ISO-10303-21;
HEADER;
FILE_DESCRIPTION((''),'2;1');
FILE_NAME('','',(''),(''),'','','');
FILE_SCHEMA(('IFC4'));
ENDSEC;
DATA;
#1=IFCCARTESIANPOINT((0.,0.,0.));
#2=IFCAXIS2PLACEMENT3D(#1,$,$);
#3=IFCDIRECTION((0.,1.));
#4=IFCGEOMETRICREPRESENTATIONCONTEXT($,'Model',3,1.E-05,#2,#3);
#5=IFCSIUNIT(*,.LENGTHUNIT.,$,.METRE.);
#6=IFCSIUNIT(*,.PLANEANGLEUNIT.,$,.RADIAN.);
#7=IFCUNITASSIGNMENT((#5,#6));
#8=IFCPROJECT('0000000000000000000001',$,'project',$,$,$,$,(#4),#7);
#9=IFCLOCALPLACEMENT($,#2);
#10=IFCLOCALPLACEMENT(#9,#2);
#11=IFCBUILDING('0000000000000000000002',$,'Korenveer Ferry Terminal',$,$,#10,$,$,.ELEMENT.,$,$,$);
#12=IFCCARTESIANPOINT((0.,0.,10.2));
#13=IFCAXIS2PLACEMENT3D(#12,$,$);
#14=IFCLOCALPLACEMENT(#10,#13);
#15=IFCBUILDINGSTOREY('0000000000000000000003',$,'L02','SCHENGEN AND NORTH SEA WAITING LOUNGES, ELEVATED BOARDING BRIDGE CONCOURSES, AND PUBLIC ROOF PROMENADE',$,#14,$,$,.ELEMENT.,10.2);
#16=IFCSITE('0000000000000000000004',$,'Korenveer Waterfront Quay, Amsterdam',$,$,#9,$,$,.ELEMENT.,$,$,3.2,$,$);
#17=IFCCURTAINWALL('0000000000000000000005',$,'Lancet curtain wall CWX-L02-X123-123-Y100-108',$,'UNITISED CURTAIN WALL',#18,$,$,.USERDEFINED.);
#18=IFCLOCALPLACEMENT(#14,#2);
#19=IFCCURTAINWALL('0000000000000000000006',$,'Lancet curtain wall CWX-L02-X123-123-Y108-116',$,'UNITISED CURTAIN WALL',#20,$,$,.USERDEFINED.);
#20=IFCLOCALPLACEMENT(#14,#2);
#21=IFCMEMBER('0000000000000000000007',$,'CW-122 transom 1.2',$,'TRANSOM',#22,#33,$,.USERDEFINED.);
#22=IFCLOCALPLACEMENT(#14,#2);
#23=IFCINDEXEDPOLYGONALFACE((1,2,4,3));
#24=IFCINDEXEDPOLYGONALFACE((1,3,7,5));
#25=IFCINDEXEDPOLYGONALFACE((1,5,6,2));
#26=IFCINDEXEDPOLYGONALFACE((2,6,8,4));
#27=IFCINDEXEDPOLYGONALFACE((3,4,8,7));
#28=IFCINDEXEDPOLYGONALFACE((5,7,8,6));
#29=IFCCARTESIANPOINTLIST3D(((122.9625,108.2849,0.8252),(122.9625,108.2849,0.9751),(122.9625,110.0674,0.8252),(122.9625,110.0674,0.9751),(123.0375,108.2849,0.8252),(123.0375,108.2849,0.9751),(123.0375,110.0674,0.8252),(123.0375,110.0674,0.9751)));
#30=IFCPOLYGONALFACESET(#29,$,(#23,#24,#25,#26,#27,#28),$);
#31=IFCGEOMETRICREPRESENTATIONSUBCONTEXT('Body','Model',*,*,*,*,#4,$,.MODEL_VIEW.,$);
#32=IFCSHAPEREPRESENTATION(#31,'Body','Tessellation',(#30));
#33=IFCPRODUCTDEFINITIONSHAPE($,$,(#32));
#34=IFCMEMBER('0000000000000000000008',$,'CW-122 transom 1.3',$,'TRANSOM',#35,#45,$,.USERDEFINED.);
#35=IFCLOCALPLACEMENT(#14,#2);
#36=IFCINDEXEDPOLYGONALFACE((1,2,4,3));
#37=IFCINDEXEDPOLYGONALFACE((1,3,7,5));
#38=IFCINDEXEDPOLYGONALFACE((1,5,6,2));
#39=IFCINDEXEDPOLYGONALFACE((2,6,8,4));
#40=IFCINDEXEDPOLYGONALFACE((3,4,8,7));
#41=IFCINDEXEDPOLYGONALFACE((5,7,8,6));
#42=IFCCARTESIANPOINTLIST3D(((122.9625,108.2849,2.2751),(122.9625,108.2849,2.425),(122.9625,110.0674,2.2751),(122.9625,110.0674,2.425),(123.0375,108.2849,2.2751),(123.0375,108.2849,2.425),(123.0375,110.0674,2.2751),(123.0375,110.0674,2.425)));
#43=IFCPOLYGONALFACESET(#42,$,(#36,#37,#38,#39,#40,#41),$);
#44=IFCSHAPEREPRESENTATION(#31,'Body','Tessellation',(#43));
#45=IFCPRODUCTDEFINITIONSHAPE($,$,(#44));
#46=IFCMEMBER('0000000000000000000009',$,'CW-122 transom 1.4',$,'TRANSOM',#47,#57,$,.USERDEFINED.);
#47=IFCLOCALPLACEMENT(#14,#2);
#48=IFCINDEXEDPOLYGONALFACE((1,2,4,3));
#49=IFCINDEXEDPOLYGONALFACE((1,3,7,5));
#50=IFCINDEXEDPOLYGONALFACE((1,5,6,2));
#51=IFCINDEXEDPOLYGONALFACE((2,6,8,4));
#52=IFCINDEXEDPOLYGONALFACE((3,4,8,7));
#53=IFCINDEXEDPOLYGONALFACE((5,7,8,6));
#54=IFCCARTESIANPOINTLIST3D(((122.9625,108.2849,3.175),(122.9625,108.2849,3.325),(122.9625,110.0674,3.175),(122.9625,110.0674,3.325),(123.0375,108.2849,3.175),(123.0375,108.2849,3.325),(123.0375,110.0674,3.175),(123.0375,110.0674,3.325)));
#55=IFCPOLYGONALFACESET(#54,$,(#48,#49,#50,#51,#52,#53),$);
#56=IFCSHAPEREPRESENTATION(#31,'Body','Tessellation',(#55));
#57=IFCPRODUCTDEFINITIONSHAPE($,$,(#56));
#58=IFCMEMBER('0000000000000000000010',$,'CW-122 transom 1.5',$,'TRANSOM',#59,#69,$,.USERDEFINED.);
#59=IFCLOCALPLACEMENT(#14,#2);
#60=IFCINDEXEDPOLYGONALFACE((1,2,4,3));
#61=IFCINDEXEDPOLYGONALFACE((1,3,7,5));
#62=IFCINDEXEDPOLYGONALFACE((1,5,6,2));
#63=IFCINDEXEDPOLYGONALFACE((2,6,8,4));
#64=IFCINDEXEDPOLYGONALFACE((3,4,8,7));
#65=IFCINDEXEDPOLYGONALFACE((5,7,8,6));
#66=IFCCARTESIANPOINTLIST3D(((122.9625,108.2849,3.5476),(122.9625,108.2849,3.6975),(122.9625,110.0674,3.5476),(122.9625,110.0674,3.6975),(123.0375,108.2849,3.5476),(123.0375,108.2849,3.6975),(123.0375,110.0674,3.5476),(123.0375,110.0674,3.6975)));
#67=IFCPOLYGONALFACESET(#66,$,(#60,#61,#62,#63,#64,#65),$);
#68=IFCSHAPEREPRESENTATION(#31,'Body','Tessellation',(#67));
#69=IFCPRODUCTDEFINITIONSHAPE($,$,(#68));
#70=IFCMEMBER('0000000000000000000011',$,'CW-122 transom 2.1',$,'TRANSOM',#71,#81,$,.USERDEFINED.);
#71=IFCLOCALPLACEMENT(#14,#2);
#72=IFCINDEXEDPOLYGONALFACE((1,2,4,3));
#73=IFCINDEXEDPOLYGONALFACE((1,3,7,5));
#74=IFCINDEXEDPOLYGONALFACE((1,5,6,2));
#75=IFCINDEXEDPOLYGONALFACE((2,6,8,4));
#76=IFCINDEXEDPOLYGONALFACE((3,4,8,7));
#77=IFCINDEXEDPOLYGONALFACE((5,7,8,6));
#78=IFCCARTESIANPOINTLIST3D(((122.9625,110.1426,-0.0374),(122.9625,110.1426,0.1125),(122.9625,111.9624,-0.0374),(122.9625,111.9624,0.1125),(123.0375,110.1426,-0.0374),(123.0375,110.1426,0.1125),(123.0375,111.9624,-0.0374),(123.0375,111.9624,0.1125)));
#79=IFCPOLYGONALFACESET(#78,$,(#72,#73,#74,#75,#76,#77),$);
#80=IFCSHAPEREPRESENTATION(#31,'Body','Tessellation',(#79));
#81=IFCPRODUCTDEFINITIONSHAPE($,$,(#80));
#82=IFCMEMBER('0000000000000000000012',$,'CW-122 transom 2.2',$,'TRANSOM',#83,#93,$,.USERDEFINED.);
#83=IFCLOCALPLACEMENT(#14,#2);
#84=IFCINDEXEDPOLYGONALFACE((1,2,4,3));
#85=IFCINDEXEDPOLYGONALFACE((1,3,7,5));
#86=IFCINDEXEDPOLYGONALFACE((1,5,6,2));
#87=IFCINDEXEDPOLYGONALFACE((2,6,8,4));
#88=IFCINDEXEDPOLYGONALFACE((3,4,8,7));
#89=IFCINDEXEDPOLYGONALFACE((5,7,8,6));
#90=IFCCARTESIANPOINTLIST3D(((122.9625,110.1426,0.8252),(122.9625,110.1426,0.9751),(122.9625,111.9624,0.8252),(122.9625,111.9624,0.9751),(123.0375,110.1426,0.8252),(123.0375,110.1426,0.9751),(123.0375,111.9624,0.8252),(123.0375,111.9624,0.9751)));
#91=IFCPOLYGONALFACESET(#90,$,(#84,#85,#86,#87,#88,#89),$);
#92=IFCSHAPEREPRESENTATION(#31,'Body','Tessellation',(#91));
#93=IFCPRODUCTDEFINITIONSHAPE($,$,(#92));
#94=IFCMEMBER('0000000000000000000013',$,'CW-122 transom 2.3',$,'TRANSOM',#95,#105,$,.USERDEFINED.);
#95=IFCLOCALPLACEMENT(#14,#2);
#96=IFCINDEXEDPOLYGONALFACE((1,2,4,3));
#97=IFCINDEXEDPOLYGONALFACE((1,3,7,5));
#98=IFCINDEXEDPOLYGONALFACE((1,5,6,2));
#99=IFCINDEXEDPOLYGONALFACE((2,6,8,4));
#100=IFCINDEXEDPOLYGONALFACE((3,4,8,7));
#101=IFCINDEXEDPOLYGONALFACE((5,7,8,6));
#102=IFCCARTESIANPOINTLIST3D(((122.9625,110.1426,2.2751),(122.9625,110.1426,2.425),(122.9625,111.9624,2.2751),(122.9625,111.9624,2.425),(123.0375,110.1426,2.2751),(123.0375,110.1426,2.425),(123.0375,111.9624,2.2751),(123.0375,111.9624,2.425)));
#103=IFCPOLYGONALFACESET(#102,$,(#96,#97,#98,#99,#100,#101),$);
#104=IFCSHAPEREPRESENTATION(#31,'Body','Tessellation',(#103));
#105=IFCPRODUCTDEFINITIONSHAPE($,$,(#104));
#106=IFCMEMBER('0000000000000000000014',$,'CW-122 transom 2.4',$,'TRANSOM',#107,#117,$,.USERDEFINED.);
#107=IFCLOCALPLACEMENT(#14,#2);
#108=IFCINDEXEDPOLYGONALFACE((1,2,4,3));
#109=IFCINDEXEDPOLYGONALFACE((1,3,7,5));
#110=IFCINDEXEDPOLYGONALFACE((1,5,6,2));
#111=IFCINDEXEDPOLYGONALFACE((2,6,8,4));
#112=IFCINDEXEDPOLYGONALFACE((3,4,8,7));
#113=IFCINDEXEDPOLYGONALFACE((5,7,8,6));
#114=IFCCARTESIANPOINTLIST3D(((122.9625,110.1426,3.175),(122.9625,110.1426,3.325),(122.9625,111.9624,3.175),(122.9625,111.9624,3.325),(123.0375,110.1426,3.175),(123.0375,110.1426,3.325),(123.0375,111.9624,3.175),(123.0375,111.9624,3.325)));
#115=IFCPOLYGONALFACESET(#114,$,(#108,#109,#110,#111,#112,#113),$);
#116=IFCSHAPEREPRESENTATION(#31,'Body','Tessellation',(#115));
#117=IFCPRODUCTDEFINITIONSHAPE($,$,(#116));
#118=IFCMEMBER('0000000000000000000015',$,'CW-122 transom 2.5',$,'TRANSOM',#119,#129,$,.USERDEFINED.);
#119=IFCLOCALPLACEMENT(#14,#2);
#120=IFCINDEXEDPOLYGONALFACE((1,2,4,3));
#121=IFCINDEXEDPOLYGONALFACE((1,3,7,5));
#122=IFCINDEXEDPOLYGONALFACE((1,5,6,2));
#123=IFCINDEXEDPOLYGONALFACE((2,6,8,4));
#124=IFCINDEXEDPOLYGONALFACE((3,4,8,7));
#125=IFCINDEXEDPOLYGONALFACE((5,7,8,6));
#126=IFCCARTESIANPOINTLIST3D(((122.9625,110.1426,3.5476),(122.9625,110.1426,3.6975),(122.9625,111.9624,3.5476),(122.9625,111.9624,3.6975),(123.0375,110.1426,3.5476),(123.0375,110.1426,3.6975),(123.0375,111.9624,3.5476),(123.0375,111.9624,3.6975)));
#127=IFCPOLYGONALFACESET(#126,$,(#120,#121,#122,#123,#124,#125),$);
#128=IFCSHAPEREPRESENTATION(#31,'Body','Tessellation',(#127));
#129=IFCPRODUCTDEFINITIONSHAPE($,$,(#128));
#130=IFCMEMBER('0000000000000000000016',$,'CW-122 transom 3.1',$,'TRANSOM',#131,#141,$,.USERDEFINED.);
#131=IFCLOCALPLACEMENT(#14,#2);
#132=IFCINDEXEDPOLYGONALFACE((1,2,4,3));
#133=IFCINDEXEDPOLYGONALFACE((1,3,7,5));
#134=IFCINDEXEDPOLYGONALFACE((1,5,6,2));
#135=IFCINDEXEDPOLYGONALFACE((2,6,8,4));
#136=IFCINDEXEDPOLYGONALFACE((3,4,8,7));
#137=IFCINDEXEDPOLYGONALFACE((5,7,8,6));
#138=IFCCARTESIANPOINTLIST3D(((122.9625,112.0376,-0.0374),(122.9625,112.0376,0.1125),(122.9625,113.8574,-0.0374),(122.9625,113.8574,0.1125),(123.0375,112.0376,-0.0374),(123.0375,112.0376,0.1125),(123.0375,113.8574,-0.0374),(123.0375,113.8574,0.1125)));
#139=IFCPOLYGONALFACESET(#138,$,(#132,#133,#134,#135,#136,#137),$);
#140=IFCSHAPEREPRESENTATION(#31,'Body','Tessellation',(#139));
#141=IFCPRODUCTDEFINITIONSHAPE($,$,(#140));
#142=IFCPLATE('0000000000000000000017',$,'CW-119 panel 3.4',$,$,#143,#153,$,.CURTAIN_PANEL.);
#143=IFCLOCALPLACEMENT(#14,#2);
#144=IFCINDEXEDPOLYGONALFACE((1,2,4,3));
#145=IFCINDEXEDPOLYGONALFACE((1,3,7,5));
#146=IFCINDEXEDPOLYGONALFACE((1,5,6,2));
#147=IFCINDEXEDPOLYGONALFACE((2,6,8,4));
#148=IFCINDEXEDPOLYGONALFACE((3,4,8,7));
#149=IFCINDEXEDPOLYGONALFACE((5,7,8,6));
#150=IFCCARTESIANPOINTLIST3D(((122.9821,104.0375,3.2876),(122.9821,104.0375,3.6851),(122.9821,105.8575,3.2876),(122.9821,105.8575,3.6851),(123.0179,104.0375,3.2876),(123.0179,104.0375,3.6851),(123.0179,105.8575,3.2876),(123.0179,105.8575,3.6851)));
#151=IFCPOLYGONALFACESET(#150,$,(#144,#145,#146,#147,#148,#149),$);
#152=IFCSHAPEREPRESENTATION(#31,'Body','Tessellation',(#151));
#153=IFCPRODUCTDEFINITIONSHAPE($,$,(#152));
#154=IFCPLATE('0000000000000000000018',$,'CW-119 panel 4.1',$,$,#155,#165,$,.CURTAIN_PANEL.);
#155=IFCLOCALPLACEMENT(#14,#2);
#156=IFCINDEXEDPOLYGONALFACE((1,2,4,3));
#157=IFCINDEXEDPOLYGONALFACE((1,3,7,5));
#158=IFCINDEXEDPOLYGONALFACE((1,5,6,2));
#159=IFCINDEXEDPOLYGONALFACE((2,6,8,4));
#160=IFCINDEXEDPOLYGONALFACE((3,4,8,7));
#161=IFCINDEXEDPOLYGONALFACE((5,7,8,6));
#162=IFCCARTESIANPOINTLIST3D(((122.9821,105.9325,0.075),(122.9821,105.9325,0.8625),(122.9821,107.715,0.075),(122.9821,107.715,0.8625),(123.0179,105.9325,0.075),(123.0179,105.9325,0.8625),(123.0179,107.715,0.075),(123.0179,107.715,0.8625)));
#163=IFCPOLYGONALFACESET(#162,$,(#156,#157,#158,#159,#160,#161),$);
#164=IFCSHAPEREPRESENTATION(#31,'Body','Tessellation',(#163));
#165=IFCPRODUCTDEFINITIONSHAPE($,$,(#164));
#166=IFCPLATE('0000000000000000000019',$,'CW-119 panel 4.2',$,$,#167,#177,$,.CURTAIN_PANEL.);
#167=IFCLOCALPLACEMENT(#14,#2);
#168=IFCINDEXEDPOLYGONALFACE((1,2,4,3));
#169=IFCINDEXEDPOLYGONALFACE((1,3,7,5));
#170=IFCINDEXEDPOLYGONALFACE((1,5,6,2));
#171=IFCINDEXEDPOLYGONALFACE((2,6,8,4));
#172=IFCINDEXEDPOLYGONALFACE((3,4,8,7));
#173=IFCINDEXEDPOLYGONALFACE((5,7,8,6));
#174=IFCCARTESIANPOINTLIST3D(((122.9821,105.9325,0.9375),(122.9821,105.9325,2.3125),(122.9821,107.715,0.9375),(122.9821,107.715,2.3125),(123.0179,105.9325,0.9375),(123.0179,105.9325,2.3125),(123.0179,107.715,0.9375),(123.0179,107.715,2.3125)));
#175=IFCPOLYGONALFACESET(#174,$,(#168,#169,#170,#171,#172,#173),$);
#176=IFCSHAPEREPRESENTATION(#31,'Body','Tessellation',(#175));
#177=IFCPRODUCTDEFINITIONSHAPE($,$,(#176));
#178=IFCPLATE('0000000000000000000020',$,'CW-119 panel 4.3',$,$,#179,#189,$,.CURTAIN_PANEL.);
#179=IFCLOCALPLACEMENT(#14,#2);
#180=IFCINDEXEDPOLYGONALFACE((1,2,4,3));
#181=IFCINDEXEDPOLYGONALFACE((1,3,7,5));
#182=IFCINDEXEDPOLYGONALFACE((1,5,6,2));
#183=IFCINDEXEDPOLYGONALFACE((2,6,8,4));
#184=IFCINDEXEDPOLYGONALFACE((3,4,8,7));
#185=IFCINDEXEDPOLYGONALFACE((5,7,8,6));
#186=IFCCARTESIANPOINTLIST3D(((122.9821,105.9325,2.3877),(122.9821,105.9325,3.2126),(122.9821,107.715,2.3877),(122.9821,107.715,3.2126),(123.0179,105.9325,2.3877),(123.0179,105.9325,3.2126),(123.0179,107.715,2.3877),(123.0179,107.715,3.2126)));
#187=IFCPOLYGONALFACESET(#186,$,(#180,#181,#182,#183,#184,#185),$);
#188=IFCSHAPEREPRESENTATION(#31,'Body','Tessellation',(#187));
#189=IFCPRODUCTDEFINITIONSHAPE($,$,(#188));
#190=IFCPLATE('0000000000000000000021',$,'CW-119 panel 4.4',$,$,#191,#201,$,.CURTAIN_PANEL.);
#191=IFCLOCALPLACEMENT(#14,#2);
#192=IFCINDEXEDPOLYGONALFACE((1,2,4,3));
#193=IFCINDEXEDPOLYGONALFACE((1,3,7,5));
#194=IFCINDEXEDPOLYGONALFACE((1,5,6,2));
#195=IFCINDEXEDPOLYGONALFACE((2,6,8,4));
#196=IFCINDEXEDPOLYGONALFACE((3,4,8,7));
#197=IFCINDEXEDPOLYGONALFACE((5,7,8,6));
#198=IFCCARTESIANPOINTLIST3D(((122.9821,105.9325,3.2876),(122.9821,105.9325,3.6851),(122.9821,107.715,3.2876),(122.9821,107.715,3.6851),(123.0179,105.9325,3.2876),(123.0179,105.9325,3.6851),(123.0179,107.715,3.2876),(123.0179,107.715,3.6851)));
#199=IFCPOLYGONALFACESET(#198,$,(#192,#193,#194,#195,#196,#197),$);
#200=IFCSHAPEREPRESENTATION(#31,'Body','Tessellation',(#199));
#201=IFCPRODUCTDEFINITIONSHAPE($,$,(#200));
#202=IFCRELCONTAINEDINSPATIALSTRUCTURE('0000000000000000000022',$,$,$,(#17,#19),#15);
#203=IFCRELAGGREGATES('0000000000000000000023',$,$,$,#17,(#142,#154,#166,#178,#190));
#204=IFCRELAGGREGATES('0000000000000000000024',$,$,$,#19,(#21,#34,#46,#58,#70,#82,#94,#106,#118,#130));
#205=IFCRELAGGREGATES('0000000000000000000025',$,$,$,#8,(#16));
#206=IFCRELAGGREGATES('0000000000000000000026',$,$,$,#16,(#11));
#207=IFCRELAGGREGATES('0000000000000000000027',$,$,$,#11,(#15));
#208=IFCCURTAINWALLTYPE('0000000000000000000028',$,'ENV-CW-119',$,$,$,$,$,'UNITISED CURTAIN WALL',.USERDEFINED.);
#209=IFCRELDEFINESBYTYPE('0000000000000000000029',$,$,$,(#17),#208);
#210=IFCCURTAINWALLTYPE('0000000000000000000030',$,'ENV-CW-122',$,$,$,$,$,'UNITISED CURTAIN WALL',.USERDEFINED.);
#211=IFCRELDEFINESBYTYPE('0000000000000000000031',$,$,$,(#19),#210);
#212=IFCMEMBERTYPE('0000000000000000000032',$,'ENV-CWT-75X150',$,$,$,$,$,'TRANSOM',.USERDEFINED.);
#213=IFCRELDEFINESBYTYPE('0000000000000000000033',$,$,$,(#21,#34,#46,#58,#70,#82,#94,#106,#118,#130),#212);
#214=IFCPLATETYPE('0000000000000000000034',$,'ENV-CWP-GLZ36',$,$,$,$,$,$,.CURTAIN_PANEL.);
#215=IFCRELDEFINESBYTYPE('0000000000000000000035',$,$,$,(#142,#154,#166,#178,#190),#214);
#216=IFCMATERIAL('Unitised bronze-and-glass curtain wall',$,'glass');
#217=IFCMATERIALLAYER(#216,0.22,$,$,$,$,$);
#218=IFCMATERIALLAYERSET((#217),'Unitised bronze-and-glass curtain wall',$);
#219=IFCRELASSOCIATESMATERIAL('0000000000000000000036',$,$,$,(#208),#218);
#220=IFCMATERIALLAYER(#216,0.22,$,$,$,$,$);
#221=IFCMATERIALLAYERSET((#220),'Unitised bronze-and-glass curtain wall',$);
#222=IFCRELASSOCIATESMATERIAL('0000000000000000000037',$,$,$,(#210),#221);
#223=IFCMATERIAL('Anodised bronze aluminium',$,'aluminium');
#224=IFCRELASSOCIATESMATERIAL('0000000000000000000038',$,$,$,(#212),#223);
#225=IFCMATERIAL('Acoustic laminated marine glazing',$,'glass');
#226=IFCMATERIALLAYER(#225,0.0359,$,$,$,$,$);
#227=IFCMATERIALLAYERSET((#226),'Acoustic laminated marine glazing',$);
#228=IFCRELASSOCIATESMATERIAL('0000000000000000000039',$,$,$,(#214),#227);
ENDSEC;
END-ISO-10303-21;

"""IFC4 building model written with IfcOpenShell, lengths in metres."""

from ifc_helpers import new_model, si_unit, direction, frame, origin, origin_2d, place, context, subcontext, project, spatial, rectangle, extrude, material, layer, layer_set, material_profile, profile_set, type_object, element, aggregate, save


model = new_model("IFC4")

# Units and contexts
model_context = context("Model", 3, precision=1e-05, world=origin(), true_north=direction((0.0, 1.0)))
body_context = subcontext(model_context, "Body", "Model", "MODEL_VIEW")
ifc_project = project(units=[si_unit("LENGTHUNIT", "METRE"), si_unit("PLANEANGLEUNIT", "RADIAN")], contexts=[model_context])

# Site, building, storey
site_placement = place(None, origin())
site = spatial("IfcSite", under=ifc_project, at=site_placement, Name="Korenveer Waterfront Quay, Amsterdam", CompositionType="ELEMENT", RefElevation=3.2)
building_placement = place(site_placement, origin())
building = spatial("IfcBuilding", under=site, at=building_placement, Name="Korenveer Ferry Terminal", CompositionType="ELEMENT")
storey_placement = place(building_placement, frame((0.0, 0.0, 10.2)))
storey = spatial("IfcBuildingStorey", under=building, at=storey_placement, Name="L02", Description="SCHENGEN AND NORTH SEA WAITING LOUNGES, ELEVATED BOARDING BRIDGE CONCOURSES, AND PUBLIC ROOF PROMENADE", CompositionType="ELEMENT", Elevation=10.2)

# Curtain walls
ifc_material_1 = material(Name="Unitised bronze-and-glass curtain wall", Category="glass")
ifc_layer_1 = layer(ifc_material_1, 0.22)
ifc_layer_set_1 = layer_set([ifc_layer_1], Name="Unitised bronze-and-glass curtain wall")
curtain_wall_type_1 = type_object("IfcCurtainWallType", Name="ENV-CW-119", ElementType="UNITISED CURTAIN WALL", PredefinedType="USERDEFINED", material=ifc_layer_set_1)
curtain_wall_1_placement = place(storey_placement, frame((123.0, 100.21, 0.0)))
curtain_wall_1 = element("IfcCurtainWall", 1, at=curtain_wall_1_placement, inside=storey, type_object=curtain_wall_type_1, Name="Lancet curtain wall CWX-L02-X123-123-Y100-108", ObjectType="UNITISED CURTAIN WALL", PredefinedType="USERDEFINED")
ifc_material_2 = material(Name="Anodised bronze aluminium", Category="aluminium")
ifc_layer_2 = layer(ifc_material_1, 0.22)
ifc_layer_set_2 = layer_set([ifc_layer_2], Name="Unitised bronze-and-glass curtain wall")
curtain_wall_type_2 = type_object("IfcCurtainWallType", Name="ENV-CW-122", ElementType="UNITISED CURTAIN WALL", PredefinedType="USERDEFINED", material=ifc_layer_set_2)
curtain_wall_2_placement = place(storey_placement, frame((123.0, 108.21, 0.0)))
curtain_wall_2 = element("IfcCurtainWall", 2, at=curtain_wall_2_placement, inside=storey, type_object=curtain_wall_type_2, Name="Lancet curtain wall CWX-L02-X123-123-Y108-116", ObjectType="UNITISED CURTAIN WALL", PredefinedType="USERDEFINED")

# Members
ifc_material_profile_1 = material_profile(ifc_material_2, rectangle(XDim=0.075, YDim=0.1499, at=origin_2d()), Name="ALU 75x150")
ifc_profile_set_1 = profile_set([ifc_material_profile_1], Name="Anodised bronze aluminium")
member_type_1 = type_object("IfcMemberType", Name="ENV-CWT-75X150", ElementType="TRANSOM", PredefinedType="USERDEFINED", material=ifc_profile_set_1)
member_1_placement = place(storey_placement, frame((123.0, 108.2849, 0.9001), z_axis=(0.0, 1.0, 0.0), x_axis=(-1.0, 0.0, 0.0)))
member_1 = element("IfcMember", 3, at=member_1_placement, type_object=member_type_1, Name="CW-122 transom 1.2", ObjectType="TRANSOM", PredefinedType="USERDEFINED", context=body_context, shape_type="SweptSolid", body=[
    extrude(rectangle(XDim=0.075, YDim=0.1499, at=origin_2d()), origin(), (0.0, 0.0, 1.0), 1.7825),
])
member_2_placement = place(storey_placement, frame((123.0, 108.2849, 2.3501), z_axis=(0.0, 1.0, 0.0), x_axis=(-1.0, 0.0, 0.0)))
member_2 = element("IfcMember", 4, at=member_2_placement, type_object=member_type_1, Name="CW-122 transom 1.3", ObjectType="TRANSOM", PredefinedType="USERDEFINED", context=body_context, shape_type="SweptSolid", body=[
    extrude(rectangle(XDim=0.075, YDim=0.1499, at=origin_2d()), origin(), (0.0, 0.0, 1.0), 1.7825),
])
member_3_placement = place(storey_placement, frame((123.0, 108.2849, 3.25), z_axis=(0.0, 1.0, 0.0), x_axis=(-1.0, 0.0, 0.0)))
member_3 = element("IfcMember", 5, at=member_3_placement, type_object=member_type_1, Name="CW-122 transom 1.4", ObjectType="TRANSOM", PredefinedType="USERDEFINED", context=body_context, shape_type="SweptSolid", body=[
    extrude(rectangle(XDim=0.075, YDim=0.1499, at=origin_2d()), origin(), (0.0, 0.0, 1.0), 1.7825),
])
member_4_placement = place(storey_placement, frame((123.0, 108.2849, 3.6226), z_axis=(0.0, 1.0, 0.0), x_axis=(-1.0, 0.0, 0.0)))
member_4 = element("IfcMember", 6, at=member_4_placement, type_object=member_type_1, Name="CW-122 transom 1.5", ObjectType="TRANSOM", PredefinedType="USERDEFINED", context=body_context, shape_type="SweptSolid", body=[
    extrude(rectangle(XDim=0.075, YDim=0.1499, at=origin_2d()), origin(), (0.0, 0.0, 1.0), 1.7825),
])
member_5_placement = place(storey_placement, frame((123.0, 110.1426, 0.0376), z_axis=(0.0, 1.0, 0.0), x_axis=(-1.0, 0.0, 0.0)))
member_5 = element("IfcMember", 7, at=member_5_placement, type_object=member_type_1, Name="CW-122 transom 2.1", ObjectType="TRANSOM", PredefinedType="USERDEFINED", context=body_context, shape_type="SweptSolid", body=[
    extrude(rectangle(XDim=0.075, YDim=0.1499, at=origin_2d()), origin(), (0.0, 0.0, 1.0), 1.8198),
])
member_6_placement = place(storey_placement, frame((123.0, 110.1426, 0.9001), z_axis=(0.0, 1.0, 0.0), x_axis=(-1.0, 0.0, 0.0)))
member_6 = element("IfcMember", 8, at=member_6_placement, type_object=member_type_1, Name="CW-122 transom 2.2", ObjectType="TRANSOM", PredefinedType="USERDEFINED", context=body_context, shape_type="SweptSolid", body=[
    extrude(rectangle(XDim=0.075, YDim=0.1499, at=origin_2d()), origin(), (0.0, 0.0, 1.0), 1.8198),
])
member_7_placement = place(storey_placement, frame((123.0, 110.1426, 2.3501), z_axis=(0.0, 1.0, 0.0), x_axis=(-1.0, 0.0, 0.0)))
member_7 = element("IfcMember", 9, at=member_7_placement, type_object=member_type_1, Name="CW-122 transom 2.3", ObjectType="TRANSOM", PredefinedType="USERDEFINED", context=body_context, shape_type="SweptSolid", body=[
    extrude(rectangle(XDim=0.075, YDim=0.1499, at=origin_2d()), origin(), (0.0, 0.0, 1.0), 1.8198),
])
member_8_placement = place(storey_placement, frame((123.0, 110.1426, 3.25), z_axis=(0.0, 1.0, 0.0), x_axis=(-1.0, 0.0, 0.0)))
member_8 = element("IfcMember", 10, at=member_8_placement, type_object=member_type_1, Name="CW-122 transom 2.4", ObjectType="TRANSOM", PredefinedType="USERDEFINED", context=body_context, shape_type="SweptSolid", body=[
    extrude(rectangle(XDim=0.075, YDim=0.1499, at=origin_2d()), origin(), (0.0, 0.0, 1.0), 1.8198),
])
member_9_placement = place(storey_placement, frame((123.0, 110.1426, 3.6226), z_axis=(0.0, 1.0, 0.0), x_axis=(-1.0, 0.0, 0.0)))
member_9 = element("IfcMember", 11, at=member_9_placement, type_object=member_type_1, Name="CW-122 transom 2.5", ObjectType="TRANSOM", PredefinedType="USERDEFINED", context=body_context, shape_type="SweptSolid", body=[
    extrude(rectangle(XDim=0.075, YDim=0.1499, at=origin_2d()), origin(), (0.0, 0.0, 1.0), 1.8198),
])
member_10_placement = place(storey_placement, frame((123.0, 112.0376, 0.0376), z_axis=(0.0, 1.0, 0.0), x_axis=(-1.0, 0.0, 0.0)))
member_10 = element("IfcMember", 12, at=member_10_placement, type_object=member_type_1, Name="CW-122 transom 3.1", ObjectType="TRANSOM", PredefinedType="USERDEFINED", context=body_context, shape_type="SweptSolid", body=[
    extrude(rectangle(XDim=0.075, YDim=0.1499, at=origin_2d()), origin(), (0.0, 0.0, 1.0), 1.8198),
])

# Plates
ifc_material_3 = material(Name="Acoustic laminated marine glazing", Category="glass")
ifc_layer_3 = layer(ifc_material_3, 0.0359)
ifc_layer_set_3 = layer_set([ifc_layer_3], Name="Acoustic laminated marine glazing")
plate_type = type_object("IfcPlateType", Name="ENV-CWP-GLZ36", PredefinedType="CURTAIN_PANEL", material=ifc_layer_set_3)
plate_1_placement = place(storey_placement, frame((123.0, 104.9475, 3.2876), z_axis=(0.0, 0.0, 1.0), x_axis=(0.0, 1.0, 0.0)))
plate_1 = element("IfcPlate", 13, at=plate_1_placement, type_object=plate_type, Name="CW-119 panel 3.4", PredefinedType="CURTAIN_PANEL", context=body_context, shape_type="SweptSolid", body=[
    extrude(rectangle(XDim=1.8201, YDim=0.0359, at=origin_2d()), origin(), (0.0, 0.0, 1.0), 0.3975),
])
plate_2_placement = place(storey_placement, frame((123.0, 106.8237, 0.075), z_axis=(0.0, 0.0, 1.0), x_axis=(0.0, 1.0, 0.0)))
plate_2 = element("IfcPlate", 14, at=plate_2_placement, type_object=plate_type, Name="CW-119 panel 4.1", PredefinedType="CURTAIN_PANEL", context=body_context, shape_type="SweptSolid", body=[
    extrude(rectangle(XDim=1.7825, YDim=0.0359, at=origin_2d()), origin(), (0.0, 0.0, 1.0), 0.7876),
])
plate_3_placement = place(storey_placement, frame((123.0, 106.8237, 0.9375), z_axis=(0.0, 0.0, 1.0), x_axis=(0.0, 1.0, 0.0)))
plate_3 = element("IfcPlate", 15, at=plate_3_placement, type_object=plate_type, Name="CW-119 panel 4.2", PredefinedType="CURTAIN_PANEL", context=body_context, shape_type="SweptSolid", body=[
    extrude(rectangle(XDim=1.7825, YDim=0.0359, at=origin_2d()), origin(), (0.0, 0.0, 1.0), 1.375),
])
plate_4_placement = place(storey_placement, frame((123.0, 106.8237, 2.3877), z_axis=(0.0, 0.0, 1.0), x_axis=(0.0, 1.0, 0.0)))
plate_4 = element("IfcPlate", 16, at=plate_4_placement, type_object=plate_type, Name="CW-119 panel 4.3", PredefinedType="CURTAIN_PANEL", context=body_context, shape_type="SweptSolid", body=[
    extrude(rectangle(XDim=1.7825, YDim=0.0359, at=origin_2d()), origin(), (0.0, 0.0, 1.0), 0.825),
])
plate_5_placement = place(storey_placement, frame((123.0, 106.8237, 3.2876), z_axis=(0.0, 0.0, 1.0), x_axis=(0.0, 1.0, 0.0)))
plate_5 = element("IfcPlate", 17, at=plate_5_placement, type_object=plate_type, Name="CW-119 panel 4.4", PredefinedType="CURTAIN_PANEL", context=body_context, shape_type="SweptSolid", body=[
    extrude(rectangle(XDim=1.7825, YDim=0.0359, at=origin_2d()), origin(), (0.0, 0.0, 1.0), 0.3975),
])
aggregate(curtain_wall_1, [plate_1, plate_2, plate_3, plate_4, plate_5])
aggregate(curtain_wall_2, [member_1, member_2, member_3, member_4, member_5, member_6, member_7, member_8, member_9, member_10])

save(model, "model.ifc")
